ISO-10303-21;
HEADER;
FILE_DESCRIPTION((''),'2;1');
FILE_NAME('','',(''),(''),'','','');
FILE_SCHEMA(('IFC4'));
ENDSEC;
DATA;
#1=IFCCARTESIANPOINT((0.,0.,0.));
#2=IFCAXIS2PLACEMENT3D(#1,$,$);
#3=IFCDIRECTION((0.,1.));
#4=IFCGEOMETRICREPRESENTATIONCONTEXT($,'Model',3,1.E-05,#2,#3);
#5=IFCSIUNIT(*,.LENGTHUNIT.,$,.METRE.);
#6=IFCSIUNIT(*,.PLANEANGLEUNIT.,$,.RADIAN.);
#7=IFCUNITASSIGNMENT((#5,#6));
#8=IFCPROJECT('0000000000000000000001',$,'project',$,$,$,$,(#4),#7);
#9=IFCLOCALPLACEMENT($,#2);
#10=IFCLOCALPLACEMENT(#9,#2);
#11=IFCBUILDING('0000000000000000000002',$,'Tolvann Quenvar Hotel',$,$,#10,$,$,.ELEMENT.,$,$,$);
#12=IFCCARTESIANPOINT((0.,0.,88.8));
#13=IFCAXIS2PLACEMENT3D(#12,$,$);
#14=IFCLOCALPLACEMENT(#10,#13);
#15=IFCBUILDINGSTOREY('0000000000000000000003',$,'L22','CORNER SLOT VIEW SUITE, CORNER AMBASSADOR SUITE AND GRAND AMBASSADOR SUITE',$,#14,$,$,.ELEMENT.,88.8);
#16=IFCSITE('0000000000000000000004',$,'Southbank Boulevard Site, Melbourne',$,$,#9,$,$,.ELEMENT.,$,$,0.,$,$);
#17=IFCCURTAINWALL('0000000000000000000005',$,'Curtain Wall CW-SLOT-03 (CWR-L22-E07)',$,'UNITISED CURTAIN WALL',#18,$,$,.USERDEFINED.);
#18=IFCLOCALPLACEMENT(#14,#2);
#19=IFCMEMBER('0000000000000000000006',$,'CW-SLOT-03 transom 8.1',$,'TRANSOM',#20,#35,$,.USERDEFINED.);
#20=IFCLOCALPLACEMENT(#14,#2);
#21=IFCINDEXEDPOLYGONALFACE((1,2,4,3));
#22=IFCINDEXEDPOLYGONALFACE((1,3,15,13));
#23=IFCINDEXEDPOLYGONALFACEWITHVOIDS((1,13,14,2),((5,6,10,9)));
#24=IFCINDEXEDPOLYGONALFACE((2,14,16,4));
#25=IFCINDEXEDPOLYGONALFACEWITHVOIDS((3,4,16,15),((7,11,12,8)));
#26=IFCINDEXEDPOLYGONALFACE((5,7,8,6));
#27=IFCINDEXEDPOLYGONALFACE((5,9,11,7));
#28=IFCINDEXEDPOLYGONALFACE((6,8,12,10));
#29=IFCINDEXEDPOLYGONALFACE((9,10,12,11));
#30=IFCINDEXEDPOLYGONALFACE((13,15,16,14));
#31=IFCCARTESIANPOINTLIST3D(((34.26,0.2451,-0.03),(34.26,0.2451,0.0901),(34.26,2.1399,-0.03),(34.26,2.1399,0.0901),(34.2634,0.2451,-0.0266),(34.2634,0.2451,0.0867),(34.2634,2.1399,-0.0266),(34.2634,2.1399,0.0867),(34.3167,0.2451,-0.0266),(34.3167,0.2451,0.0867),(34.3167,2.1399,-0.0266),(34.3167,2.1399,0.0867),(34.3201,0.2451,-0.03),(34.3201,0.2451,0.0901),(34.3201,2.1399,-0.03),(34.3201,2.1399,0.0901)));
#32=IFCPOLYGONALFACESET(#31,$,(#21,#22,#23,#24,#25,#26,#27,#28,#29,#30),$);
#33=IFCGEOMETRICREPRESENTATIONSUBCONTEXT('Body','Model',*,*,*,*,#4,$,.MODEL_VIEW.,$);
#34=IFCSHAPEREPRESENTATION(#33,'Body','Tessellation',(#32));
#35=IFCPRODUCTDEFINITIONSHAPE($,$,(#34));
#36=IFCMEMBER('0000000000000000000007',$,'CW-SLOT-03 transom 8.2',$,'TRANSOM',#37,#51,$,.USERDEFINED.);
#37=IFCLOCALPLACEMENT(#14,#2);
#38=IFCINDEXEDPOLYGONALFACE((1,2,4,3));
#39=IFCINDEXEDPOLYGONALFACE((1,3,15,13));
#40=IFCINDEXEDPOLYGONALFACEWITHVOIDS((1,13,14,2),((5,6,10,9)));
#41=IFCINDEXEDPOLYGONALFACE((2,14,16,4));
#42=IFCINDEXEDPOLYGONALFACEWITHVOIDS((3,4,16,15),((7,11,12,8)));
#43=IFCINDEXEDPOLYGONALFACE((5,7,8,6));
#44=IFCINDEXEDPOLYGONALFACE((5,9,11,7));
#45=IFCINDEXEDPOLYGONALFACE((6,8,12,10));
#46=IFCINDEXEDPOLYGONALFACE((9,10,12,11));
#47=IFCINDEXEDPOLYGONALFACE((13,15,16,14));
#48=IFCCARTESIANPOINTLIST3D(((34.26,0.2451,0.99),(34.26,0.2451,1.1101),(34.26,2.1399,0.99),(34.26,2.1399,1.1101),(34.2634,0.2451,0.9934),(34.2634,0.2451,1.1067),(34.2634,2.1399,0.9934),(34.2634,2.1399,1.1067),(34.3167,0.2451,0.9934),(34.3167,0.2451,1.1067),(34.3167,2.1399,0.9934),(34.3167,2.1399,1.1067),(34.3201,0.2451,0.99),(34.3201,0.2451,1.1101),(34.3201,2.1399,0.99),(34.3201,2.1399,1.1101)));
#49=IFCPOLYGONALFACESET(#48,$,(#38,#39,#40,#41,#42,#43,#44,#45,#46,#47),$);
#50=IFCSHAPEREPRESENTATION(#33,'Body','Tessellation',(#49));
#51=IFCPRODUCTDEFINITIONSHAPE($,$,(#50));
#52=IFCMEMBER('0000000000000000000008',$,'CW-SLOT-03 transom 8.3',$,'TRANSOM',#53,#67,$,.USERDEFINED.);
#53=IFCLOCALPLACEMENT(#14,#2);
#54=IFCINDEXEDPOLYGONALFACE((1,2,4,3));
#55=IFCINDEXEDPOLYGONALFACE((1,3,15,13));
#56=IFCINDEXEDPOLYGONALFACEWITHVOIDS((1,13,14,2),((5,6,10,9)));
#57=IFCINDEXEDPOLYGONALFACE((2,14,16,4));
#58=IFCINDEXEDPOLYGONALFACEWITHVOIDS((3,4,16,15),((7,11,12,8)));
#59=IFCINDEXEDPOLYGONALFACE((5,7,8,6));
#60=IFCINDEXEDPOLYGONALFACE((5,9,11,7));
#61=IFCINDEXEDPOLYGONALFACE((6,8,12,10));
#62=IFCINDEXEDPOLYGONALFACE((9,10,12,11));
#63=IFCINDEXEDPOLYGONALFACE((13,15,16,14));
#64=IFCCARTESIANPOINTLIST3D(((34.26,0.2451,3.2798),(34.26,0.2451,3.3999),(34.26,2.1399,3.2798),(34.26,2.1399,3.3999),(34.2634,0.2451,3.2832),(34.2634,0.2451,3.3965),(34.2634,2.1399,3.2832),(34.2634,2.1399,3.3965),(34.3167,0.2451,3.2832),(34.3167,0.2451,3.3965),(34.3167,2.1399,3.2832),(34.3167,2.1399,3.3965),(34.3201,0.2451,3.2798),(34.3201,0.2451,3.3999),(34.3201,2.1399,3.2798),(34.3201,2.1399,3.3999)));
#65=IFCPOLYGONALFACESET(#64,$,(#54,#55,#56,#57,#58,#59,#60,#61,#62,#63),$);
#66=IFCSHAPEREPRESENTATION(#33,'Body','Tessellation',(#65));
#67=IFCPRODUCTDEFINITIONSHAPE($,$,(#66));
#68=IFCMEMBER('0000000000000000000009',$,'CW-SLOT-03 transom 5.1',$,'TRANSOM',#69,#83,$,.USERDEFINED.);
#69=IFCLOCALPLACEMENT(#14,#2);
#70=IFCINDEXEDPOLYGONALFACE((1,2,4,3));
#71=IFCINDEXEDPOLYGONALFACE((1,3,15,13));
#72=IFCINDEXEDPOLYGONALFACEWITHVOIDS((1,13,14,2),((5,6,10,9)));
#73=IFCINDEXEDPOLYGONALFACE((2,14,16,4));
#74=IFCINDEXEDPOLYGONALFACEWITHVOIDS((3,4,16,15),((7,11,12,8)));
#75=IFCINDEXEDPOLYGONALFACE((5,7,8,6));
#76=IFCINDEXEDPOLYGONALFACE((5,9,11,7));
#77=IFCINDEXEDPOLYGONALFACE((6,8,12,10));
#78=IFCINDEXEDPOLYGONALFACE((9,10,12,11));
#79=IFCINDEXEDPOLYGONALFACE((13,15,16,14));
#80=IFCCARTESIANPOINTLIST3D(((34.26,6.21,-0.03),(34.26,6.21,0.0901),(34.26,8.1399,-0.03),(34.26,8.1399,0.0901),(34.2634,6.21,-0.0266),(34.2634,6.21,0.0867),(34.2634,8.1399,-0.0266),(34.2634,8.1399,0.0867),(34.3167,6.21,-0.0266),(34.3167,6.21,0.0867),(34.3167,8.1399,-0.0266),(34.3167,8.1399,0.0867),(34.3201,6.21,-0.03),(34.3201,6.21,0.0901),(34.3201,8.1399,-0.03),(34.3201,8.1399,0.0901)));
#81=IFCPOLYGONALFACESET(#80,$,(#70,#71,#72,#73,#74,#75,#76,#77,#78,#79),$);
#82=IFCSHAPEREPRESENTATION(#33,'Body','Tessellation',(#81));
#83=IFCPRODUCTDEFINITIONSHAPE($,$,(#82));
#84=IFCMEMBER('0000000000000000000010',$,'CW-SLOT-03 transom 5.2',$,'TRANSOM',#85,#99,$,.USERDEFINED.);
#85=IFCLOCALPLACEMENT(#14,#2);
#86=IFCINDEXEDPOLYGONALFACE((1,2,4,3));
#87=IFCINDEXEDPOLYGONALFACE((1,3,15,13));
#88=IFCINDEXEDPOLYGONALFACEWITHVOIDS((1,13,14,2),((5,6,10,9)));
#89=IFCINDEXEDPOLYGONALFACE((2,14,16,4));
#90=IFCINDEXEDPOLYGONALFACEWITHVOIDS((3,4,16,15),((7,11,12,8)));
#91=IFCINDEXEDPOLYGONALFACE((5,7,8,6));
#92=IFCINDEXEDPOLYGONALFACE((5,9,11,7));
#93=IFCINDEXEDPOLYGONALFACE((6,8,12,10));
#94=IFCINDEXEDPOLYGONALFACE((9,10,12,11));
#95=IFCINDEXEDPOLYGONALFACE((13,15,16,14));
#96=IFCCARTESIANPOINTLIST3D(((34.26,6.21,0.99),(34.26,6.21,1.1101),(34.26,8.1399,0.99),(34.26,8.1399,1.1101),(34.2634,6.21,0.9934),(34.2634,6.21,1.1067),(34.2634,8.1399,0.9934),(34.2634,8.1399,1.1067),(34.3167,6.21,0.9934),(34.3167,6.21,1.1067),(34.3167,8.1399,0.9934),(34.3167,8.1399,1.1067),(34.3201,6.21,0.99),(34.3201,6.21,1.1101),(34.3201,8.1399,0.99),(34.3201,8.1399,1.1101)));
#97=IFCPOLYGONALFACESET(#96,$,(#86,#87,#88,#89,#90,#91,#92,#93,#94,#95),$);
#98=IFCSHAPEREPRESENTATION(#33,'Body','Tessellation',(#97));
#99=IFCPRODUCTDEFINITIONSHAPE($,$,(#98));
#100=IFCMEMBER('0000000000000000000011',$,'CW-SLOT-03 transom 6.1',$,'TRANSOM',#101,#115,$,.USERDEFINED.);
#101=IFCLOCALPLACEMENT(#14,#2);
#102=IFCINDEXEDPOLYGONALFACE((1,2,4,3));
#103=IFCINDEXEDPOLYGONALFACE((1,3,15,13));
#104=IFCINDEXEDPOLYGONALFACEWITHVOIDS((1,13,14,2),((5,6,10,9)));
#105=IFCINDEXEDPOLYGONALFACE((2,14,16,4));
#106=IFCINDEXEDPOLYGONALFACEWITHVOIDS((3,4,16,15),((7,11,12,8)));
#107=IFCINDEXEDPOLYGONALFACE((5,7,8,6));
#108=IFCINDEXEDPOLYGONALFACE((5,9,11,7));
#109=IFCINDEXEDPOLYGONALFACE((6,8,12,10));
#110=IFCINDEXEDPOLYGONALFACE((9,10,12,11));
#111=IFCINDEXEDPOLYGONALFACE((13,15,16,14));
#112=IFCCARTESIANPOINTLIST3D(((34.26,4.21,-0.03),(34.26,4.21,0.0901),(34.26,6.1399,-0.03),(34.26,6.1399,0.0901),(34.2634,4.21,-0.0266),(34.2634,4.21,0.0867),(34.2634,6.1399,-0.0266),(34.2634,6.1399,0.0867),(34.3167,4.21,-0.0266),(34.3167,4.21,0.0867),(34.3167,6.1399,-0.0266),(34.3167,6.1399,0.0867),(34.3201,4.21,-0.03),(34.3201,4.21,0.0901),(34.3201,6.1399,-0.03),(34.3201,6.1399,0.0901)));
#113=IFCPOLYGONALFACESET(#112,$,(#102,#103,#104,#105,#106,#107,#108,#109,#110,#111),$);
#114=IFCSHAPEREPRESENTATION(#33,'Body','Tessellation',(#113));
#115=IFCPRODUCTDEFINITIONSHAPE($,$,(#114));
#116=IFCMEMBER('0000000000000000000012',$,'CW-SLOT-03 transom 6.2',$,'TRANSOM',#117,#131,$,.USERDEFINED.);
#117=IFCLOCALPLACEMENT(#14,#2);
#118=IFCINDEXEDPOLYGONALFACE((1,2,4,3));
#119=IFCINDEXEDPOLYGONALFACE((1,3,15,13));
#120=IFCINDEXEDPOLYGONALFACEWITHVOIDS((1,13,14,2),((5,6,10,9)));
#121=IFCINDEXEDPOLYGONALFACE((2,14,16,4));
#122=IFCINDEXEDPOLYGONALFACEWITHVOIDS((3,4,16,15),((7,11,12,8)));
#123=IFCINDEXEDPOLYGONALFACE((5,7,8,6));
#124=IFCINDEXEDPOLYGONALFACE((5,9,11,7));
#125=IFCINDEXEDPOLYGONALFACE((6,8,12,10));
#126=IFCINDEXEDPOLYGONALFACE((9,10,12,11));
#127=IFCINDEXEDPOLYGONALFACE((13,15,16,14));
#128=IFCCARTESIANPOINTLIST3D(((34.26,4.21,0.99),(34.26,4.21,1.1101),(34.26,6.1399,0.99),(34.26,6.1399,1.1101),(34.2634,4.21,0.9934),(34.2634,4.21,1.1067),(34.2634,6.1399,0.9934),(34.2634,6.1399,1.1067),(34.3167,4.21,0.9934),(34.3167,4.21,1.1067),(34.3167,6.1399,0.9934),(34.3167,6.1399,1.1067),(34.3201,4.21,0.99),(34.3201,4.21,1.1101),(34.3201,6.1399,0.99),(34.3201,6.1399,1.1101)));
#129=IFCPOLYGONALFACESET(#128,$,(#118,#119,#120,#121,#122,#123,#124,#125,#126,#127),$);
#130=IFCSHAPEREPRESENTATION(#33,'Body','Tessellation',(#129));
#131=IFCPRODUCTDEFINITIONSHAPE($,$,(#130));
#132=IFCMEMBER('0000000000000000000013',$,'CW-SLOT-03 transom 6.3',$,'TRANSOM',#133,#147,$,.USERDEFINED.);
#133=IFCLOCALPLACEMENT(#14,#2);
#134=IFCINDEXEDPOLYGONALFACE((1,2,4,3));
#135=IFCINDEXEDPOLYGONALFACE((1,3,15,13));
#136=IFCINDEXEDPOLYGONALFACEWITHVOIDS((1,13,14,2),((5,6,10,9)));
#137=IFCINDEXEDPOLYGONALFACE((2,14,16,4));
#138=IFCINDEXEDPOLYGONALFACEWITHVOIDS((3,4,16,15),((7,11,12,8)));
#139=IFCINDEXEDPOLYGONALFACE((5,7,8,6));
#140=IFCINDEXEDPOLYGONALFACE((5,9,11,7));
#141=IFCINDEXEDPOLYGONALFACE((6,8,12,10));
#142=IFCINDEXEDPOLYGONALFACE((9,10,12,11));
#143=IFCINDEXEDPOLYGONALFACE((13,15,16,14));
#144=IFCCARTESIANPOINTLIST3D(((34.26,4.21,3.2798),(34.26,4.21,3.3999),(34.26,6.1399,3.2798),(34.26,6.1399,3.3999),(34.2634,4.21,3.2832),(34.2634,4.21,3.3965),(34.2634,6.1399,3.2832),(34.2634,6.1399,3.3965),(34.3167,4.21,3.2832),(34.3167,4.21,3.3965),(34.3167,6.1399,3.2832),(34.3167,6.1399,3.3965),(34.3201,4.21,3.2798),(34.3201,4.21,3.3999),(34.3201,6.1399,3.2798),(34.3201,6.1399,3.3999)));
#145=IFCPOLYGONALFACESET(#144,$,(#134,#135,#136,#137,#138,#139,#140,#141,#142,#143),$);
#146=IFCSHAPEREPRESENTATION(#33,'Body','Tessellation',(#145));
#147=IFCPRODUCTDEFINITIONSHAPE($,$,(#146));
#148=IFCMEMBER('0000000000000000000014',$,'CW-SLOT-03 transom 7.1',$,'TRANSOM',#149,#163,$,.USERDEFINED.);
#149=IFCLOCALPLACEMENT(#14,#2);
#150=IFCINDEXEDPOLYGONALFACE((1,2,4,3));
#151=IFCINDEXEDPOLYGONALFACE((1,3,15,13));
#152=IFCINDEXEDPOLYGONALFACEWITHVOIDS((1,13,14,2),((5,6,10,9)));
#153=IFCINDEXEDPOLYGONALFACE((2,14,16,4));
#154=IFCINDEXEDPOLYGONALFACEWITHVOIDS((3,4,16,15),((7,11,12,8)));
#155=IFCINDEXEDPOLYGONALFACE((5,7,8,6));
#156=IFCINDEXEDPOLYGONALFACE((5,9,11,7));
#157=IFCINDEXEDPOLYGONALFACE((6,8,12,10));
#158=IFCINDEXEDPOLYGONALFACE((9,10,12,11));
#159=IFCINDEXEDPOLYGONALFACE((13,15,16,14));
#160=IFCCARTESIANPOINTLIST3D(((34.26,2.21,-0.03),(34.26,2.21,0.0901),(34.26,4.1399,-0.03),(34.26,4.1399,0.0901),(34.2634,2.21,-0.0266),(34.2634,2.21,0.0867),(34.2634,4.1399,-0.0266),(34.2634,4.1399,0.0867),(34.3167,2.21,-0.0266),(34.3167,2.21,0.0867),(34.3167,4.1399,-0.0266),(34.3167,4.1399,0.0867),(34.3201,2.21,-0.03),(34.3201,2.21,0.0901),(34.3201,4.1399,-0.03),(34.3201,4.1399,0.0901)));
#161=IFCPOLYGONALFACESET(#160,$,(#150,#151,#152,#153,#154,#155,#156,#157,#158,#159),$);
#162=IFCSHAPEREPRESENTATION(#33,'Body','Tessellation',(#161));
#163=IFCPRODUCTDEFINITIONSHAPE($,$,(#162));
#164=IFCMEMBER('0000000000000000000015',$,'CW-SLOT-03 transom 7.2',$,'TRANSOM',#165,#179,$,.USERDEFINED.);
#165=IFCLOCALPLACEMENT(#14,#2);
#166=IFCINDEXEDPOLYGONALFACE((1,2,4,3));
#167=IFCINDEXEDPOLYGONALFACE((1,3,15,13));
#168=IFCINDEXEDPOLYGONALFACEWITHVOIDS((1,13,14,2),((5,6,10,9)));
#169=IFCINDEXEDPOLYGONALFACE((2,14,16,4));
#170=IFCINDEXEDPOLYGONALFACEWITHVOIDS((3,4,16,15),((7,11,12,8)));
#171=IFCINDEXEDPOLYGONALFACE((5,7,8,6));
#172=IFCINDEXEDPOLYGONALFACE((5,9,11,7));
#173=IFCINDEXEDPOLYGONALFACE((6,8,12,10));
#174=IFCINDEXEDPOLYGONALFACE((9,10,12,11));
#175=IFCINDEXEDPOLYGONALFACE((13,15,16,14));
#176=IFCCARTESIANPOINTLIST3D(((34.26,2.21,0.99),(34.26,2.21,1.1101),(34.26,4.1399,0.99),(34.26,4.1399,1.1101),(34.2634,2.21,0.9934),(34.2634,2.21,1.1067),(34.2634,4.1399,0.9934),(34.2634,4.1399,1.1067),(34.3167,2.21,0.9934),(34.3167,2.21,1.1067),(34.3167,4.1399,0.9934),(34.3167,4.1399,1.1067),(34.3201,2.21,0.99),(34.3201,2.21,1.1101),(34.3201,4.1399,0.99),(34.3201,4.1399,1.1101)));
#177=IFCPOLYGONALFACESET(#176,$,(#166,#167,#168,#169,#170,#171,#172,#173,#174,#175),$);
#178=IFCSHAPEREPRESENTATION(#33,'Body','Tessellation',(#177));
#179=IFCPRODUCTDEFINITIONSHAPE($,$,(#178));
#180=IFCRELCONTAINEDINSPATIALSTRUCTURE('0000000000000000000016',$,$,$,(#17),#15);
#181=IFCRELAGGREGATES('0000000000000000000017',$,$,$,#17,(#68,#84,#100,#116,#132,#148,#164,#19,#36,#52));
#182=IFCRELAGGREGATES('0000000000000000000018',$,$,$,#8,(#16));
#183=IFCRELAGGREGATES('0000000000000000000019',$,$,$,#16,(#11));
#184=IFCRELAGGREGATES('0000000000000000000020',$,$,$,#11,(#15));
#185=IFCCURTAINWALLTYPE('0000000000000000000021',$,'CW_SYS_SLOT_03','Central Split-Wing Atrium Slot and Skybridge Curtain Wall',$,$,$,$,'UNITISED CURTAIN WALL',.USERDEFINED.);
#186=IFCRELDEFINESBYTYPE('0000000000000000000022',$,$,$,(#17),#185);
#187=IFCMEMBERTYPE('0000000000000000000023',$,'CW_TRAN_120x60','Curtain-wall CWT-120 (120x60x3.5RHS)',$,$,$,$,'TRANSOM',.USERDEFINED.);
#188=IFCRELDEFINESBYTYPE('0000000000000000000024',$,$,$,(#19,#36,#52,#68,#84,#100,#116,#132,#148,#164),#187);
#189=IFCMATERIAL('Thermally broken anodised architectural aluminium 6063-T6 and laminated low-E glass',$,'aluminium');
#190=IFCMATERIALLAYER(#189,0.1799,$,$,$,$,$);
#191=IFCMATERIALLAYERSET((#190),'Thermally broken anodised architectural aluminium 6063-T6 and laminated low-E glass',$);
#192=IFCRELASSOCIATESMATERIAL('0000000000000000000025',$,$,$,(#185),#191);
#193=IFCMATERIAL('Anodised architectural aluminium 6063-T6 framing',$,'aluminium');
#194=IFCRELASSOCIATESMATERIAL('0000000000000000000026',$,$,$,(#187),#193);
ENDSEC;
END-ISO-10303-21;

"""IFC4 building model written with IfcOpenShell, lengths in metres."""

from ifc_helpers import new_model, si_unit, direction, frame, origin, origin_2d, place, context, subcontext, project, spatial, hollow_rectangle, extrude, source, transform, mapped, material, layer, layer_set, material_profile, profile_set, type_object, type_shapes, element, aggregate, save


model = new_model("IFC4")

# Units and contexts
model_context = context("Model", 3, precision=1e-05, world=origin(), true_north=direction((0.0, 1.0)))
body_context = subcontext(model_context, "Body", "Model", "MODEL_VIEW")
ifc_project = project(units=[si_unit("LENGTHUNIT", "METRE"), si_unit("PLANEANGLEUNIT", "RADIAN")], contexts=[model_context])

# Site, building, storey
site_placement = place(None, origin())
site = spatial("IfcSite", under=ifc_project, at=site_placement, Name="Southbank Boulevard Site, Melbourne", CompositionType="ELEMENT", RefElevation=0.0)
building_placement = place(site_placement, origin())
building = spatial("IfcBuilding", under=site, at=building_placement, Name="Tolvann Quenvar Hotel", CompositionType="ELEMENT")
storey_placement = place(building_placement, frame((0.0, 0.0, 88.8)))
storey = spatial("IfcBuildingStorey", under=building, at=storey_placement, Name="L22", Description="CORNER SLOT VIEW SUITE, CORNER AMBASSADOR SUITE AND GRAND AMBASSADOR SUITE", CompositionType="ELEMENT", Elevation=88.8)

# Curtain wall, members
ifc_material_1 = material(Name="Thermally broken anodised architectural aluminium 6063-T6 and laminated low-E glass", Category="aluminium")
ifc_layer_1 = layer(ifc_material_1, 0.1799)
ifc_layer_set_1 = layer_set([ifc_layer_1], Name="Thermally broken anodised architectural aluminium 6063-T6 and laminated low-E glass")
curtain_wall_type = type_object("IfcCurtainWallType", Name="CW_SYS_SLOT_03", Description="Central Split-Wing Atrium Slot and Skybridge Curtain Wall", ElementType="UNITISED CURTAIN WALL", PredefinedType="USERDEFINED", material=ifc_layer_set_1)
curtain_wall_placement = place(storey_placement, origin())
curtain_wall = element("IfcCurtainWall", 1, at=curtain_wall_placement, inside=storey, type_object=curtain_wall_type, Name="Curtain Wall CW-SLOT-03 (CWR-L22-E07)", ObjectType="UNITISED CURTAIN WALL", PredefinedType="USERDEFINED")
ifc_material_2 = material(Name="Anodised architectural aluminium 6063-T6 framing", Category="aluminium")
ifc_material_profile_1 = material_profile(ifc_material_2, hollow_rectangle(XDim=0.0601, YDim=0.1201, WallThickness=0.0034, at=origin_2d()), Name="120x60x3.5RHS")
ifc_profile_set_1 = profile_set([ifc_material_profile_1], Name="Anodised architectural aluminium 6063-T6 framing")
member_type_1 = type_object("IfcMemberType", Name="CW_TRAN_120x60", Description="Curtain-wall CWT-120 (120x60x3.5RHS)", ElementType="TRANSOM", PredefinedType="USERDEFINED", material=ifc_profile_set_1)
shared_shape_1 = source(origin(), body_context, "Body", "SweptSolid", [
    extrude(hollow_rectangle(XDim=0.0601, YDim=0.1201, WallThickness=0.0034, at=origin_2d()), origin(), (0.0, 0.0, 1.0), 1.8948),
])
member_1_placement = place(storey_placement, frame((34.29, 2.1399, 0.03), z_axis=(0.0, -1.0, 0.0), x_axis=(1.0, 0.0, 0.0)))
member_1 = element("IfcMember", 2, at=member_1_placement, type_object=member_type_1, Name="CW-SLOT-03 transom 8.1", ObjectType="TRANSOM", PredefinedType="USERDEFINED", context=body_context, shape_type="MappedRepresentation", body=[
    mapped(shared_shape_1, transform((0.0, 0.0, 0.0), x_axis=(1.0, 0.0, 0.0), y_axis=(0.0, 1.0, 0.0), z_axis=(0.0, 0.0, 1.0), scale=1.0)),
])
member_2_placement = place(storey_placement, frame((34.29, 2.1399, 1.05), z_axis=(0.0, -1.0, 0.0), x_axis=(1.0, 0.0, 0.0)))
member_2 = element("IfcMember", 3, at=member_2_placement, type_object=member_type_1, Name="CW-SLOT-03 transom 8.2", ObjectType="TRANSOM", PredefinedType="USERDEFINED", context=body_context, shape_type="MappedRepresentation", body=[
    mapped(shared_shape_1, transform((0.0, 0.0, 0.0), x_axis=(1.0, 0.0, 0.0), y_axis=(0.0, 1.0, 0.0), z_axis=(0.0, 0.0, 1.0), scale=1.0)),
])
member_3_placement = place(storey_placement, frame((34.29, 2.1399, 3.3398), z_axis=(0.0, -1.0, 0.0), x_axis=(1.0, 0.0, 0.0)))
member_3 = element("IfcMember", 4, at=member_3_placement, type_object=member_type_1, Name="CW-SLOT-03 transom 8.3", ObjectType="TRANSOM", PredefinedType="USERDEFINED", context=body_context, shape_type="MappedRepresentation", body=[
    mapped(shared_shape_1, transform((0.0, 0.0, 0.0), x_axis=(1.0, 0.0, 0.0), y_axis=(0.0, 1.0, 0.0), z_axis=(0.0, 0.0, 1.0), scale=1.0)),
])
shared_shape_2 = source(origin(), body_context, "Body", "SweptSolid", [
    extrude(hollow_rectangle(XDim=0.0601, YDim=0.1201, WallThickness=0.0034, at=origin_2d()), origin(), (0.0, 0.0, 1.0), 1.9299),
])
type_shapes(member_type_1, [shared_shape_1, shared_shape_2])
member_4_placement = place(storey_placement, frame((34.29, 8.1399, 0.03), z_axis=(0.0, -1.0, 0.0), x_axis=(1.0, 0.0, 0.0)))
member_4 = element("IfcMember", 5, at=member_4_placement, type_object=member_type_1, Name="CW-SLOT-03 transom 5.1", ObjectType="TRANSOM", PredefinedType="USERDEFINED", context=body_context, shape_type="MappedRepresentation", body=[
    mapped(shared_shape_2, transform((0.0, 0.0, 0.0), x_axis=(1.0, 0.0, 0.0), y_axis=(0.0, 1.0, 0.0), z_axis=(0.0, 0.0, 1.0), scale=1.0)),
])
member_5_placement = place(storey_placement, frame((34.29, 8.1399, 1.05), z_axis=(0.0, -1.0, 0.0), x_axis=(1.0, 0.0, 0.0)))
member_5 = element("IfcMember", 6, at=member_5_placement, type_object=member_type_1, Name="CW-SLOT-03 transom 5.2", ObjectType="TRANSOM", PredefinedType="USERDEFINED", context=body_context, shape_type="MappedRepresentation", body=[
    mapped(shared_shape_2, transform((0.0, 0.0, 0.0), x_axis=(1.0, 0.0, 0.0), y_axis=(0.0, 1.0, 0.0), z_axis=(0.0, 0.0, 1.0), scale=1.0)),
])
member_6_placement = place(storey_placement, frame((34.29, 6.1399, 0.03), z_axis=(0.0, -1.0, 0.0), x_axis=(1.0, 0.0, 0.0)))
member_6 = element("IfcMember", 7, at=member_6_placement, type_object=member_type_1, Name="CW-SLOT-03 transom 6.1", ObjectType="TRANSOM", PredefinedType="USERDEFINED", context=body_context, shape_type="MappedRepresentation", body=[
    mapped(shared_shape_2, transform((0.0, 0.0, 0.0), x_axis=(1.0, 0.0, 0.0), y_axis=(0.0, 1.0, 0.0), z_axis=(0.0, 0.0, 1.0), scale=1.0)),
])
member_7_placement = place(storey_placement, frame((34.29, 6.1399, 1.05), z_axis=(0.0, -1.0, 0.0), x_axis=(1.0, 0.0, 0.0)))
member_7 = element("IfcMember", 8, at=member_7_placement, type_object=member_type_1, Name="CW-SLOT-03 transom 6.2", ObjectType="TRANSOM", PredefinedType="USERDEFINED", context=body_context, shape_type="MappedRepresentation", body=[
    mapped(shared_shape_2, transform((0.0, 0.0, 0.0), x_axis=(1.0, 0.0, 0.0), y_axis=(0.0, 1.0, 0.0), z_axis=(0.0, 0.0, 1.0), scale=1.0)),
])
member_8_placement = place(storey_placement, frame((34.29, 6.1399, 3.3398), z_axis=(0.0, -1.0, 0.0), x_axis=(1.0, 0.0, 0.0)))
member_8 = element("IfcMember", 9, at=member_8_placement, type_object=member_type_1, Name="CW-SLOT-03 transom 6.3", ObjectType="TRANSOM", PredefinedType="USERDEFINED", context=body_context, shape_type="MappedRepresentation", body=[
    mapped(shared_shape_2, transform((0.0, 0.0, 0.0), x_axis=(1.0, 0.0, 0.0), y_axis=(0.0, 1.0, 0.0), z_axis=(0.0, 0.0, 1.0), scale=1.0)),
])
member_9_placement = place(storey_placement, frame((34.29, 4.1399, 0.03), z_axis=(0.0, -1.0, 0.0), x_axis=(1.0, 0.0, 0.0)))
member_9 = element("IfcMember", 10, at=member_9_placement, type_object=member_type_1, Name="CW-SLOT-03 transom 7.1", ObjectType="TRANSOM", PredefinedType="USERDEFINED", context=body_context, shape_type="MappedRepresentation", body=[
    mapped(shared_shape_2, transform((0.0, 0.0, 0.0), x_axis=(1.0, 0.0, 0.0), y_axis=(0.0, 1.0, 0.0), z_axis=(0.0, 0.0, 1.0), scale=1.0)),
])
member_10_placement = place(storey_placement, frame((34.29, 4.1399, 1.05), z_axis=(0.0, -1.0, 0.0), x_axis=(1.0, 0.0, 0.0)))
member_10 = element("IfcMember", 11, at=member_10_placement, type_object=member_type_1, Name="CW-SLOT-03 transom 7.2", ObjectType="TRANSOM", PredefinedType="USERDEFINED", context=body_context, shape_type="MappedRepresentation", body=[
    mapped(shared_shape_2, transform((0.0, 0.0, 0.0), x_axis=(1.0, 0.0, 0.0), y_axis=(0.0, 1.0, 0.0), z_axis=(0.0, 0.0, 1.0), scale=1.0)),
])
aggregate(curtain_wall, [member_4, member_5, member_6, member_7, member_8, member_9, member_10, member_1, member_2, member_3])

save(model, "model.ifc")
